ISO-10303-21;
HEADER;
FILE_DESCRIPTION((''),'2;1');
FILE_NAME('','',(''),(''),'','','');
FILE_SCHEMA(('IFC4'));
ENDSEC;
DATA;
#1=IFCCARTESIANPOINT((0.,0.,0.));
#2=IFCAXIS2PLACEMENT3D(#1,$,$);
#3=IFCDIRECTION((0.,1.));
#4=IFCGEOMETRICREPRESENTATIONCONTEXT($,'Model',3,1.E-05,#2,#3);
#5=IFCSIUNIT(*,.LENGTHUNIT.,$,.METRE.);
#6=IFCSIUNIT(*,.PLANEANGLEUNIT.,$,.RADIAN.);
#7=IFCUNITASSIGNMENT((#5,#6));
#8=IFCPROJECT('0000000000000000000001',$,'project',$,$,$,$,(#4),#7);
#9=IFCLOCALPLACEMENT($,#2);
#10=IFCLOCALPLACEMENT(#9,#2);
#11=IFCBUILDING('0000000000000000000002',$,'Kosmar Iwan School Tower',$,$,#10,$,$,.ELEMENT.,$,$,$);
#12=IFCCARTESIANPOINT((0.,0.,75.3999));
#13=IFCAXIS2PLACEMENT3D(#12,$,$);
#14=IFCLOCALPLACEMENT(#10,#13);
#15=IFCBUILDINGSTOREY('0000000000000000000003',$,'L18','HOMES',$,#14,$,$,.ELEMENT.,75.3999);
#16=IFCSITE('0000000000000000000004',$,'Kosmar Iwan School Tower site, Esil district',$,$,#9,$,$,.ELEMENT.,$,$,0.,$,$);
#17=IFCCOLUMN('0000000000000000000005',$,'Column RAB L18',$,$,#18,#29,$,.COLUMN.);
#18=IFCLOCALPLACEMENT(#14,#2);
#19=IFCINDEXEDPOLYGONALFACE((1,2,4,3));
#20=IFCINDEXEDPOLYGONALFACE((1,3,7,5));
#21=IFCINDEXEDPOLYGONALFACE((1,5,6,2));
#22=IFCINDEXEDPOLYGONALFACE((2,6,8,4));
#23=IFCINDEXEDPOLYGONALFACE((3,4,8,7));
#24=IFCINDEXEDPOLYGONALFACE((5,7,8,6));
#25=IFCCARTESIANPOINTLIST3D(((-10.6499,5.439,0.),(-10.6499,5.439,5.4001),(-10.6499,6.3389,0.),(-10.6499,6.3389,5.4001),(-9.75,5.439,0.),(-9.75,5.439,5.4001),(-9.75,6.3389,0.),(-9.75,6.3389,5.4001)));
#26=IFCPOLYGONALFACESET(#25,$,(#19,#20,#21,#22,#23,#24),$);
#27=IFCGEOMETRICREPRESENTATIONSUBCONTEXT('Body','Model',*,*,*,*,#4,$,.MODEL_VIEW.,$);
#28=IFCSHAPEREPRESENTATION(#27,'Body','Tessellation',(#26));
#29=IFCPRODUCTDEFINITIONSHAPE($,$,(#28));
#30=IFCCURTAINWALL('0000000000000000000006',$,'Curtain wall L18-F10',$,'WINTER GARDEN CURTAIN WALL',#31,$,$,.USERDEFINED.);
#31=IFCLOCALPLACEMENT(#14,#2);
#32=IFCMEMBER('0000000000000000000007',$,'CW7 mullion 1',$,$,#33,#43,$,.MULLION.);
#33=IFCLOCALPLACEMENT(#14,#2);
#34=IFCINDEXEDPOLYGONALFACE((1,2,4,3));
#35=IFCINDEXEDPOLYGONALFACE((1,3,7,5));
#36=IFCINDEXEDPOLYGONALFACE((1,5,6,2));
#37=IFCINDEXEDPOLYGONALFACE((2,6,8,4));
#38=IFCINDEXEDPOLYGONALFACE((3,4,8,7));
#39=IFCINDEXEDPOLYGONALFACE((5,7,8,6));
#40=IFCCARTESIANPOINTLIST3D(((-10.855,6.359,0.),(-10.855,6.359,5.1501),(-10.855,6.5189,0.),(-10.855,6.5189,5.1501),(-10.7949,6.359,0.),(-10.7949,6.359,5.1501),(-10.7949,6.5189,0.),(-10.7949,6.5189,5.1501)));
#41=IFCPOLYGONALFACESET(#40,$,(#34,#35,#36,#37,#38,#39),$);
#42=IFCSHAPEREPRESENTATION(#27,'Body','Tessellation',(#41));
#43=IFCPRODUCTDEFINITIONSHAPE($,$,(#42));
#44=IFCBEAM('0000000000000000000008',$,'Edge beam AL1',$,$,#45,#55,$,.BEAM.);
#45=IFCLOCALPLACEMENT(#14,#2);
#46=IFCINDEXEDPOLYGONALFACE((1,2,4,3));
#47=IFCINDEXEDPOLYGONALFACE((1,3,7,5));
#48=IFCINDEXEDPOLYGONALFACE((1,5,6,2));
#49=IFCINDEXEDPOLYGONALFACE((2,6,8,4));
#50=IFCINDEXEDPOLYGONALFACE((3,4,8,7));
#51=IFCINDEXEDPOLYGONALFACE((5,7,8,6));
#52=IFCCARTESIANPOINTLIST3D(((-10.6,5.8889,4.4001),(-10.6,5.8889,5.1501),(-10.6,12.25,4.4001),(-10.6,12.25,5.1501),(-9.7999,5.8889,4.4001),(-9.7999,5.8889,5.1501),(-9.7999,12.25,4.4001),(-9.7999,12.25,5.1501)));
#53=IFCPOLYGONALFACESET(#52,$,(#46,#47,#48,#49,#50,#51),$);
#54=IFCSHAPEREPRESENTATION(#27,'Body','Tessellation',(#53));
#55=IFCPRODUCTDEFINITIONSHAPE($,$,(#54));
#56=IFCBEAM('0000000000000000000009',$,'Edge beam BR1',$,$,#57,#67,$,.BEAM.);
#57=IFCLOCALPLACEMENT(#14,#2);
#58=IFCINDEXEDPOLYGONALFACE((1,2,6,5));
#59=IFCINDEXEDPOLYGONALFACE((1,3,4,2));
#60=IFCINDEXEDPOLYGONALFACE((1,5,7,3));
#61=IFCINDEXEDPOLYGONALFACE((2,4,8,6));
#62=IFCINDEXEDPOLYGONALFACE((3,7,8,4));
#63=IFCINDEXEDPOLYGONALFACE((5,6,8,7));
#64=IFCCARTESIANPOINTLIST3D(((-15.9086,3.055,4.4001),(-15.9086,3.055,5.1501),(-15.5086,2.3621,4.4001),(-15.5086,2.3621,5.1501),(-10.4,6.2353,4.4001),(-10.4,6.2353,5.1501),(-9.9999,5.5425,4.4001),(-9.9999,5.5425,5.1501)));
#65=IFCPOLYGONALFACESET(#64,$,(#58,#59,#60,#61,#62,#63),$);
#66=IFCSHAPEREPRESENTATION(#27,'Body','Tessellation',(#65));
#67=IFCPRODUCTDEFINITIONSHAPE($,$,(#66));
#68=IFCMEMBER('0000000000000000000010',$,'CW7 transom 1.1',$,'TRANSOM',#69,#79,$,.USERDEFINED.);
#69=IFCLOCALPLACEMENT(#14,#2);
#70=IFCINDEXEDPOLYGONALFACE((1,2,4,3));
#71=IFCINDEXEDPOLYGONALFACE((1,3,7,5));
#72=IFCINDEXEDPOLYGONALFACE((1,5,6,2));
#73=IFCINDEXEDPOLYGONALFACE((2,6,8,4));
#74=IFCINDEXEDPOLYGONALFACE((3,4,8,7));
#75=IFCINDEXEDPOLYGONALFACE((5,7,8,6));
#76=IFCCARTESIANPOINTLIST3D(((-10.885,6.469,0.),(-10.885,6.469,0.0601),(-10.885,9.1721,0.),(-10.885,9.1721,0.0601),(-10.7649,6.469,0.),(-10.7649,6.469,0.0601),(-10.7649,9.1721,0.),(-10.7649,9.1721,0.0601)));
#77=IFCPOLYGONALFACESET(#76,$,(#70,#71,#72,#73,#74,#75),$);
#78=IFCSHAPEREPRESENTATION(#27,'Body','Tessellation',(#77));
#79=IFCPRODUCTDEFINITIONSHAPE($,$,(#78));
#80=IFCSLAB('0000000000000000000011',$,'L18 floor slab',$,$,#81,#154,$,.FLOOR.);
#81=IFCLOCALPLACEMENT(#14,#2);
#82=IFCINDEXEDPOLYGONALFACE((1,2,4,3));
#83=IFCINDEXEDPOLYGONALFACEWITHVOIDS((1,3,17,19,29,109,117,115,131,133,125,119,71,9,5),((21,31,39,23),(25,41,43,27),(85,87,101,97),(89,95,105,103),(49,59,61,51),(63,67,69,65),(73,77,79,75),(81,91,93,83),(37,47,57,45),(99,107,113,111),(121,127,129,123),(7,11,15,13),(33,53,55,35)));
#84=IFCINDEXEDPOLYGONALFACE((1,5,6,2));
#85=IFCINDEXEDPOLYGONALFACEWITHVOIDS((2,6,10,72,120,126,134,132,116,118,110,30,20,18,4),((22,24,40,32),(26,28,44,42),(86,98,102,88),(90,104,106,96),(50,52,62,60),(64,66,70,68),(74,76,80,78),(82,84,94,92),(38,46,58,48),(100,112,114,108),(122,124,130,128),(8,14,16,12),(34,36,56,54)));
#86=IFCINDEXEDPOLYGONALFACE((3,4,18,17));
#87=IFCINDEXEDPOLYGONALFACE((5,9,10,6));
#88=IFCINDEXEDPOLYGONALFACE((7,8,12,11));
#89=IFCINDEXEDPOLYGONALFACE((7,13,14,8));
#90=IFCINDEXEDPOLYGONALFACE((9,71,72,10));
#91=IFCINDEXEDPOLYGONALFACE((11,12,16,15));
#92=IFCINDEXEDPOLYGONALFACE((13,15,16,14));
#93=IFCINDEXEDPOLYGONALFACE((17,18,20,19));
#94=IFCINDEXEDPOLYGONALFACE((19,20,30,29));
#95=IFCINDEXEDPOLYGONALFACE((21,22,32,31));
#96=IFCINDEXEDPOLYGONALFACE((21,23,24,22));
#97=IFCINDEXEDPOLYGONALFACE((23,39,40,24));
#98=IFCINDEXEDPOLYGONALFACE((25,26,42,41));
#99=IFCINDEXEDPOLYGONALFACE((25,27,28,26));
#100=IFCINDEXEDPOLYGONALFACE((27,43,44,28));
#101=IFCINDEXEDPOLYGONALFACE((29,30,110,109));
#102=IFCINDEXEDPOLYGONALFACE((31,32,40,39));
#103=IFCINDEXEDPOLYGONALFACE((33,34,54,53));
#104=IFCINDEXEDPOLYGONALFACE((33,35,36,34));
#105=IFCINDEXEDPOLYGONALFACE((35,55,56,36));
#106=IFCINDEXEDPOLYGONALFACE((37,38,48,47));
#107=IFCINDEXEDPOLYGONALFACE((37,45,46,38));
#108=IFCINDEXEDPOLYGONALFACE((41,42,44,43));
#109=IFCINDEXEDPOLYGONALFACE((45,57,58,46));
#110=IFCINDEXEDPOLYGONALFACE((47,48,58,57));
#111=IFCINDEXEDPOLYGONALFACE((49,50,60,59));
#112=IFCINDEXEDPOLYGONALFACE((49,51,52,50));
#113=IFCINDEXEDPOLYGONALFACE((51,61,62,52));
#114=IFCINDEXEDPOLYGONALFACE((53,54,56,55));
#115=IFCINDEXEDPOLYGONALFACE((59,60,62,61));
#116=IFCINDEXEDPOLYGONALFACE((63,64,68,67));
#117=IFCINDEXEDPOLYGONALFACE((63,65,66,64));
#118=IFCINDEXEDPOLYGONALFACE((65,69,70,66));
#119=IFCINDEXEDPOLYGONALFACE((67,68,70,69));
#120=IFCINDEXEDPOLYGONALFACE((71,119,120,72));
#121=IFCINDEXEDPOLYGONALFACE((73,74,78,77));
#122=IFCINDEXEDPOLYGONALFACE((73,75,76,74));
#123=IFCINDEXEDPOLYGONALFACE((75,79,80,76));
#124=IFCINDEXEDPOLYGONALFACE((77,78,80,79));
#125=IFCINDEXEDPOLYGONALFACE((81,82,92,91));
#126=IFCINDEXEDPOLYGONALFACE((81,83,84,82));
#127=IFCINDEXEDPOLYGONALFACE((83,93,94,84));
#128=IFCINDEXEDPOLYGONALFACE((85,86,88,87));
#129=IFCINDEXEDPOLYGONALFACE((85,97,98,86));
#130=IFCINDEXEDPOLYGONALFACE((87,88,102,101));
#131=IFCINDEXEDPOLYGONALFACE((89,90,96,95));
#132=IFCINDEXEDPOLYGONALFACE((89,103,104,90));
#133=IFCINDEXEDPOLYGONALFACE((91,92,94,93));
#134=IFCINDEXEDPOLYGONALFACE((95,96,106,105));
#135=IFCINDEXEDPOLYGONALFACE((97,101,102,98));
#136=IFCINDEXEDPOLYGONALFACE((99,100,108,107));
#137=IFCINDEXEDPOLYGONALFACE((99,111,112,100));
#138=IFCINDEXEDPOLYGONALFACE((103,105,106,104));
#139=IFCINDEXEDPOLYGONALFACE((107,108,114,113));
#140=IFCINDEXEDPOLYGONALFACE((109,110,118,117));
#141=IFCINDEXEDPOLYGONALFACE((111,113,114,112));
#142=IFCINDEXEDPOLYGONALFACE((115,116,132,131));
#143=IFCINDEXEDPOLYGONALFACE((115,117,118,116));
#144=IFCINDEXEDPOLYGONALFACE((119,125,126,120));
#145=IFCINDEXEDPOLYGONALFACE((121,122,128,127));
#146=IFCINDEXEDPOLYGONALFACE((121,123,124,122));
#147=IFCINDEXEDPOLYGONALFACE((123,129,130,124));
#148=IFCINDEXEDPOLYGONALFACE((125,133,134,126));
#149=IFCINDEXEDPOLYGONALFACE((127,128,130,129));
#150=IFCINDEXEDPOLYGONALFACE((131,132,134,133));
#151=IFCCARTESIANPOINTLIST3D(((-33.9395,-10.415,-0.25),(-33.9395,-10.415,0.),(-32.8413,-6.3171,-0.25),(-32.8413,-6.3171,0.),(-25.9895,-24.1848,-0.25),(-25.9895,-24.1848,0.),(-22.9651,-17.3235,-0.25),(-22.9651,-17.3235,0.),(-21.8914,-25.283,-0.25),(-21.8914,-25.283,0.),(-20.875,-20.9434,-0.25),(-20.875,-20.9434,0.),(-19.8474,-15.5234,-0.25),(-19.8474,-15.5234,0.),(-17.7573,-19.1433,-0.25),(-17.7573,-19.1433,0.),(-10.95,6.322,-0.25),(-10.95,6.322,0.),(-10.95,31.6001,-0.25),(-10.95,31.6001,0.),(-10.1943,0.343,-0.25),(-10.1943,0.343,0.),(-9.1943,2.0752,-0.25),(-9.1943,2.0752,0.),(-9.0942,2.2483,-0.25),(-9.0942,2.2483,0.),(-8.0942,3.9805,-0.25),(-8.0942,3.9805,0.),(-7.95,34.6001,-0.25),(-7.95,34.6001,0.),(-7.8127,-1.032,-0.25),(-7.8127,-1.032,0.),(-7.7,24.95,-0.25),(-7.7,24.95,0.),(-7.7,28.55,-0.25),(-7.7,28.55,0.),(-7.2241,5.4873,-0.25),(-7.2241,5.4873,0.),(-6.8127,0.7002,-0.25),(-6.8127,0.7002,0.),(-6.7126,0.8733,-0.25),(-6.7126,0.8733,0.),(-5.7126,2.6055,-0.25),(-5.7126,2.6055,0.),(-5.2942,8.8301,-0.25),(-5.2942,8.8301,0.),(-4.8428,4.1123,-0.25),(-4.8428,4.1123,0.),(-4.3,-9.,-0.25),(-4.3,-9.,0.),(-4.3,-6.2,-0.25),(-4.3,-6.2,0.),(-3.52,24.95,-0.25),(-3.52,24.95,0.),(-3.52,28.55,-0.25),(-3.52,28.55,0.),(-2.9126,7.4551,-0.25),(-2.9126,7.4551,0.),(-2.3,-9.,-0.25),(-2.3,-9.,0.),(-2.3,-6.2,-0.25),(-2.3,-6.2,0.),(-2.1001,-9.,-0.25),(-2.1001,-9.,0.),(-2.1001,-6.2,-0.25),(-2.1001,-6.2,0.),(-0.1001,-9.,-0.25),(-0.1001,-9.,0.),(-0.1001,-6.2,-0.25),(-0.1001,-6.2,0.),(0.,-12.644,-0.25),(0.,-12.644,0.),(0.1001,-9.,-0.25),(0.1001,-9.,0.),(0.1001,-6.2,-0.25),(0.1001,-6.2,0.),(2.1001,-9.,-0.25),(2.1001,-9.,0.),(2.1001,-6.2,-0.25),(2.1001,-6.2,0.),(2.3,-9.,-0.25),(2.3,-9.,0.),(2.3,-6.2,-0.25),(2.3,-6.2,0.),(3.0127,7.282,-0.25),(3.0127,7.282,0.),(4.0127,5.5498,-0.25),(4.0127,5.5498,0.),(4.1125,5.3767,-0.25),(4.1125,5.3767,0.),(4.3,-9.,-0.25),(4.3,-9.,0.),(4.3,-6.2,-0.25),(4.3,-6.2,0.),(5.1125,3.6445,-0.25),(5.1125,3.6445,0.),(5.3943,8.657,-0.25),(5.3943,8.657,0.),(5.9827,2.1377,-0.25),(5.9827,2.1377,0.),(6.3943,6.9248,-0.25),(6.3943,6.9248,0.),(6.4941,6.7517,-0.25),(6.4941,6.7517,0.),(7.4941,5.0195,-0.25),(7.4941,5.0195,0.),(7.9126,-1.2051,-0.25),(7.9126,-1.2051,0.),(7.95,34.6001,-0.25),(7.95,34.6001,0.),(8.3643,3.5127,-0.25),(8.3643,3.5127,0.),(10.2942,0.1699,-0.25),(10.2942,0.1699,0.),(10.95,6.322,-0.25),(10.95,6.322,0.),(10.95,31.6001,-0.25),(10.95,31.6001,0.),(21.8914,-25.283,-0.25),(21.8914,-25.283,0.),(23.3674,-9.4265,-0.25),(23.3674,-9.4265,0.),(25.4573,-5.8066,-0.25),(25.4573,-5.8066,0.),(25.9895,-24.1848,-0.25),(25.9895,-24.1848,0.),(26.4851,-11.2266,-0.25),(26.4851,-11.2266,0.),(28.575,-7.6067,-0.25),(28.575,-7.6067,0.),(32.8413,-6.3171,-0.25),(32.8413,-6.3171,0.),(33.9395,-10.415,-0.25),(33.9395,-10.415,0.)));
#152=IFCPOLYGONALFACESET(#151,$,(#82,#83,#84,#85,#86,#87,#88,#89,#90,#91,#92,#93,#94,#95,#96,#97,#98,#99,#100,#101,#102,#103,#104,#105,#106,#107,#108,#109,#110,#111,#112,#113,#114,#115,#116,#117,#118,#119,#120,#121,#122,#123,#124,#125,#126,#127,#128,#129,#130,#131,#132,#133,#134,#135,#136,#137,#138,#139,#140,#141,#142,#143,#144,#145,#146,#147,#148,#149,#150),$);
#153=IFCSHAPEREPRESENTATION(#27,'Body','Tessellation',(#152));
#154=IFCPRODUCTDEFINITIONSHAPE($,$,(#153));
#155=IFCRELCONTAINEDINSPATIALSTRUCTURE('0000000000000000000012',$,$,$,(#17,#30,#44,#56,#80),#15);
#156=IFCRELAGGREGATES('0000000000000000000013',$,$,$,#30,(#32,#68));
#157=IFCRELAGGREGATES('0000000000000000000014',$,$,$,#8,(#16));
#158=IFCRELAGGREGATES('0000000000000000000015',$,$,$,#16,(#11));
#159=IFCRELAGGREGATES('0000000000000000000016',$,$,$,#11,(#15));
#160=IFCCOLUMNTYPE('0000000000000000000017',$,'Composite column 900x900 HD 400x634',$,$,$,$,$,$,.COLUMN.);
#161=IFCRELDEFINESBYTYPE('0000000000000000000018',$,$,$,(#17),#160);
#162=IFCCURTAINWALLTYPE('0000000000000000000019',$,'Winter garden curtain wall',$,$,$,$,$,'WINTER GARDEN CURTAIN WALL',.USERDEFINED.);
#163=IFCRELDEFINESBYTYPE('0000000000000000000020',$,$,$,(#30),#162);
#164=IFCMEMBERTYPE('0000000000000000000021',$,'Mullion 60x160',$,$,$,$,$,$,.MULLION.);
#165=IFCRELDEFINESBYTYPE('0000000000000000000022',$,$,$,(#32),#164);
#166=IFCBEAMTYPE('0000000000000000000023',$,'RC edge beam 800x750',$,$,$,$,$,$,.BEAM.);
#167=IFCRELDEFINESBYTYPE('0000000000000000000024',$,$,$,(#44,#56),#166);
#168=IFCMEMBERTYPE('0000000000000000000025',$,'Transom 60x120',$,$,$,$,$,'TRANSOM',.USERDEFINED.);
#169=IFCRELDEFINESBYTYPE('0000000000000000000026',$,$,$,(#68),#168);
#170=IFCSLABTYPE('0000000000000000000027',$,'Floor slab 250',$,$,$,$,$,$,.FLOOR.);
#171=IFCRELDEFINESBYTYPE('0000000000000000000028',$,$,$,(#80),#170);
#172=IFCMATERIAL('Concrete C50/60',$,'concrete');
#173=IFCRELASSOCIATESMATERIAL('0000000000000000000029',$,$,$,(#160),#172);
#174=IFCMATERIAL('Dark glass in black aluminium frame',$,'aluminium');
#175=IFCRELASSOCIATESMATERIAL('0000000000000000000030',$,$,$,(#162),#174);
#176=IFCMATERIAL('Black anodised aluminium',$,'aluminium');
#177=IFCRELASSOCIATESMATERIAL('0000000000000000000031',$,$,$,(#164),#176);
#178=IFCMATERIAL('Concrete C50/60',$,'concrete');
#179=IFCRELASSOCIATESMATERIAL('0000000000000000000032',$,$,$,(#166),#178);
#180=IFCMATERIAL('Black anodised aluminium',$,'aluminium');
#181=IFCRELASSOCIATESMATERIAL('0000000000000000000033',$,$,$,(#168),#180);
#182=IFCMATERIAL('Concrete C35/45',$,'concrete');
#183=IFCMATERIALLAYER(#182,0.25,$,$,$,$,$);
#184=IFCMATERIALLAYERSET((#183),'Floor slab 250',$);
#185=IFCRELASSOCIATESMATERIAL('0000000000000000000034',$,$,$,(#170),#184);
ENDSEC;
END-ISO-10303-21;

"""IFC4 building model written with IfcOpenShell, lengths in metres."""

from ifc_helpers import new_model, si_unit, direction, frame, origin, origin_2d, place, context, subcontext, project, spatial, polyline, rectangle, outline, extrude, material, layer, layer_set, material_profile, profile_set, type_object, element, aggregate, save


model = new_model("IFC4")

# Units and contexts
model_context = context("Model", 3, precision=1e-05, world=origin(), true_north=direction((0.0, 1.0)))
body_context = subcontext(model_context, "Body", "Model", "MODEL_VIEW")
ifc_project = project(units=[si_unit("LENGTHUNIT", "METRE"), si_unit("PLANEANGLEUNIT", "RADIAN")], contexts=[model_context])

# Site, building, storey
site_placement = place(None, origin())
site = spatial("IfcSite", under=ifc_project, at=site_placement, Name="Kosmar Iwan School Tower site, Esil district", CompositionType="ELEMENT", RefElevation=0.0)
building_placement = place(site_placement, origin())
building = spatial("IfcBuilding", under=site, at=building_placement, Name="Kosmar Iwan School Tower", CompositionType="ELEMENT")
storey_placement = place(building_placement, frame((0.0, 0.0, 75.3999)))
storey = spatial("IfcBuildingStorey", under=building, at=storey_placement, Name="L18", Description="HOMES", CompositionType="ELEMENT", Elevation=75.3999)

# Column
ifc_material_1 = material(Name="Concrete C50/60", Category="concrete")
ifc_material_profile_1 = material_profile(ifc_material_1, rectangle(XDim=0.8999, YDim=0.8999, at=origin_2d()), Name="RC 900x900 + HD 400x634")
ifc_profile_set_1 = profile_set([ifc_material_profile_1], Name="Concrete C50/60")
column_type = type_object("IfcColumnType", Name="Composite column 900x900 HD 400x634", PredefinedType="COLUMN", material=ifc_profile_set_1)
column_placement = place(storey_placement, frame((-10.2, 5.8889, 0.0), z_axis=(0.0, 0.0, 1.0), x_axis=(1.0, 0.0, 0.0)))
element("IfcColumn", 1, at=column_placement, inside=storey, type_object=column_type, Name="Column RAB L18", PredefinedType="COLUMN", context=body_context, shape_type="SweptSolid", body=[
    extrude(rectangle(XDim=0.8999, YDim=0.8999, at=origin_2d()), origin(), (0.0, 0.0, 1.0), 5.4001),
])

# Curtain wall, member
ifc_material_2 = material(Name="Dark glass in black aluminium frame", Category="aluminium")
curtain_wall_type = type_object("IfcCurtainWallType", Name="Winter garden curtain wall", ElementType="WINTER GARDEN CURTAIN WALL", PredefinedType="USERDEFINED", material=ifc_material_2)
curtain_wall_placement = place(storey_placement, origin())
curtain_wall = element("IfcCurtainWall", 2, at=curtain_wall_placement, inside=storey, type_object=curtain_wall_type, Name="Curtain wall L18-F10", ObjectType="WINTER GARDEN CURTAIN WALL", PredefinedType="USERDEFINED")
ifc_material_3 = material(Name="Black anodised aluminium", Category="aluminium")
ifc_material_profile_2 = material_profile(ifc_material_3, rectangle(XDim=0.0601, YDim=0.1599, at=origin_2d()), Name="MULLION 60x160")
ifc_profile_set_2 = profile_set([ifc_material_profile_2], Name="Black anodised aluminium")
member_type_1 = type_object("IfcMemberType", Name="Mullion 60x160", PredefinedType="MULLION", material=ifc_profile_set_2)
member_1_placement = place(storey_placement, frame((-10.825, 6.439, 0.0), z_axis=(0.0, 0.0, 1.0), x_axis=(-1.0, 0.0, 0.0)))
member_1 = element("IfcMember", 3, at=member_1_placement, type_object=member_type_1, Name="CW7 mullion 1", PredefinedType="MULLION", context=body_context, shape_type="SweptSolid", body=[
    extrude(rectangle(XDim=0.0601, YDim=0.1599, at=origin_2d()), origin(), (0.0, 0.0, 1.0), 5.1501),
])

# Beams
ifc_material_4 = material(Name="Concrete C50/60", Category="concrete")
ifc_material_profile_3 = material_profile(ifc_material_4, rectangle(XDim=0.8, YDim=0.75, at=origin_2d()), Name="RC 800x750")
ifc_profile_set_3 = profile_set([ifc_material_profile_3], Name="Concrete C50/60")
beam_type = type_object("IfcBeamType", Name="RC edge beam 800x750", PredefinedType="BEAM", material=ifc_profile_set_3)
beam_1_placement = place(storey_placement, frame((-10.2, 5.8889, 4.7751), z_axis=(0.0, 1.0, 0.0), x_axis=(-1.0, 0.0, 0.0)))
element("IfcBeam", 4, at=beam_1_placement, inside=storey, type_object=beam_type, Name="Edge beam AL1", PredefinedType="BEAM", context=body_context, shape_type="SweptSolid", body=[
    extrude(rectangle(XDim=0.8, YDim=0.75, at=origin_2d()), origin(), (0.0, 0.0, 1.0), 6.3611),
])
beam_2_placement = place(storey_placement, frame((-10.2, 5.8889, 4.7751), z_axis=(-0.866031, -0.49999, 0.0), x_axis=(0.49999, -0.866031, 0.0)))
element("IfcBeam", 5, at=beam_2_placement, inside=storey, type_object=beam_type, Name="Edge beam BR1", PredefinedType="BEAM", context=body_context, shape_type="SweptSolid", body=[
    extrude(rectangle(XDim=0.8, YDim=0.75, at=origin_2d()), origin(), (0.0, 0.0, 1.0), 6.3608),
])

# Member
ifc_material_5 = material(Name="Black anodised aluminium", Category="aluminium")
ifc_material_profile_4 = material_profile(ifc_material_5, rectangle(XDim=0.1201, YDim=0.0601, at=origin_2d()), Name="TRANSOM 60x120")
ifc_profile_set_4 = profile_set([ifc_material_profile_4], Name="Black anodised aluminium")
member_type_2 = type_object("IfcMemberType", Name="Transom 60x120", ElementType="TRANSOM", PredefinedType="USERDEFINED", material=ifc_profile_set_4)
member_2_placement = place(storey_placement, frame((-10.825, 6.469, 0.03), z_axis=(0.0, 1.0, 0.0), x_axis=(-1.0, 0.0, 0.0)))
member_2 = element("IfcMember", 6, at=member_2_placement, type_object=member_type_2, Name="CW7 transom 1.1", ObjectType="TRANSOM", PredefinedType="USERDEFINED", context=body_context, shape_type="SweptSolid", body=[
    extrude(rectangle(XDim=0.1201, YDim=0.0601, at=origin_2d()), origin(), (0.0, 0.0, 1.0), 2.7031),
])
aggregate(curtain_wall, [member_1, member_2])

# Slab
ifc_material_6 = material(Name="Concrete C35/45", Category="concrete")
ifc_layer_1 = layer(ifc_material_6, 0.25)
ifc_layer_set_1 = layer_set([ifc_layer_1], Name="Floor slab 250")
slab_type = type_object("IfcSlabType", Name="Floor slab 250", PredefinedType="FLOOR", material=ifc_layer_set_1)
slab_placement = place(storey_placement, frame((0.0, 0.0, -0.25)))
element("IfcSlab", 7, at=slab_placement, inside=storey, type_object=slab_type, Name="L18 floor slab", PredefinedType="FLOOR", context=body_context, shape_type="SweptSolid", body=[
    extrude(outline(polyline([(-21.8914, -25.283), (0.0, -12.644), (21.8914, -25.283), (25.9895, -24.1848), (33.9395, -10.415), (32.8413, -6.3171), (10.95, 6.322), (10.95, 31.6001), (7.95, 34.6001), (-7.95, 34.6001), (-10.95, 31.6001), (-10.95, 6.322), (-32.8413, -6.3171), (-33.9395, -10.415), (-25.9895, -24.1848), (-21.8914, -25.283)]), holes=[polyline([(7.9126, -1.2051), (10.2942, 0.1699), (8.3643, 3.5127), (5.9827, 2.1377), (7.9126, -1.2051)]), polyline([(-2.9126, 7.4551), (-5.2942, 8.8301), (-7.2241, 5.4873), (-4.8428, 4.1123), (-2.9126, 7.4551)]), polyline([(-5.7126, 2.6055), (-8.0942, 3.9805), (-9.0942, 2.2483), (-6.7126, 0.8733), (-5.7126, 2.6055)]), polyline([(-6.8127, 0.7002), (-9.1943, 2.0752), (-10.1943, 0.343), (-7.8127, -1.032), (-6.8127, 0.7002)]), polyline([(5.1125, 3.6445), (7.4941, 5.0195), (6.4941, 6.7517), (4.1125, 5.3767), (5.1125, 3.6445)]), polyline([(4.0127, 5.5498), (6.3943, 6.9248), (5.3943, 8.657), (3.0127, 7.282), (4.0127, 5.5498)]), polyline([(-4.3, -6.2), (-4.3, -9.0), (-2.3, -9.0), (-2.3, -6.2), (-4.3, -6.2)]), polyline([(-2.1001, -6.2), (-2.1001, -9.0), (-0.1001, -9.0), (-0.1001, -6.2), (-2.1001, -6.2)]), polyline([(0.1001, -6.2), (0.1001, -9.0), (2.1001, -9.0), (2.1001, -6.2), (0.1001, -6.2)]), polyline([(2.3, -6.2), (2.3, -9.0), (4.3, -9.0), (4.3, -6.2), (2.3, -6.2)]), polyline([(-3.52, 24.95), (-3.52, 28.55), (-7.7, 28.55), (-7.7, 24.95), (-3.52, 24.95)]), polyline([(-19.8474, -15.5234), (-22.9651, -17.3235), (-20.875, -20.9434), (-17.7573, -19.1433), (-19.8474, -15.5234)]), polyline([(23.3674, -9.4265), (26.4851, -11.2266), (28.575, -7.6067), (25.4573, -5.8066), (23.3674, -9.4265)])]), origin(), (0.0, 0.0, 1.0), 0.25),
])

save(model, "model.ifc")
